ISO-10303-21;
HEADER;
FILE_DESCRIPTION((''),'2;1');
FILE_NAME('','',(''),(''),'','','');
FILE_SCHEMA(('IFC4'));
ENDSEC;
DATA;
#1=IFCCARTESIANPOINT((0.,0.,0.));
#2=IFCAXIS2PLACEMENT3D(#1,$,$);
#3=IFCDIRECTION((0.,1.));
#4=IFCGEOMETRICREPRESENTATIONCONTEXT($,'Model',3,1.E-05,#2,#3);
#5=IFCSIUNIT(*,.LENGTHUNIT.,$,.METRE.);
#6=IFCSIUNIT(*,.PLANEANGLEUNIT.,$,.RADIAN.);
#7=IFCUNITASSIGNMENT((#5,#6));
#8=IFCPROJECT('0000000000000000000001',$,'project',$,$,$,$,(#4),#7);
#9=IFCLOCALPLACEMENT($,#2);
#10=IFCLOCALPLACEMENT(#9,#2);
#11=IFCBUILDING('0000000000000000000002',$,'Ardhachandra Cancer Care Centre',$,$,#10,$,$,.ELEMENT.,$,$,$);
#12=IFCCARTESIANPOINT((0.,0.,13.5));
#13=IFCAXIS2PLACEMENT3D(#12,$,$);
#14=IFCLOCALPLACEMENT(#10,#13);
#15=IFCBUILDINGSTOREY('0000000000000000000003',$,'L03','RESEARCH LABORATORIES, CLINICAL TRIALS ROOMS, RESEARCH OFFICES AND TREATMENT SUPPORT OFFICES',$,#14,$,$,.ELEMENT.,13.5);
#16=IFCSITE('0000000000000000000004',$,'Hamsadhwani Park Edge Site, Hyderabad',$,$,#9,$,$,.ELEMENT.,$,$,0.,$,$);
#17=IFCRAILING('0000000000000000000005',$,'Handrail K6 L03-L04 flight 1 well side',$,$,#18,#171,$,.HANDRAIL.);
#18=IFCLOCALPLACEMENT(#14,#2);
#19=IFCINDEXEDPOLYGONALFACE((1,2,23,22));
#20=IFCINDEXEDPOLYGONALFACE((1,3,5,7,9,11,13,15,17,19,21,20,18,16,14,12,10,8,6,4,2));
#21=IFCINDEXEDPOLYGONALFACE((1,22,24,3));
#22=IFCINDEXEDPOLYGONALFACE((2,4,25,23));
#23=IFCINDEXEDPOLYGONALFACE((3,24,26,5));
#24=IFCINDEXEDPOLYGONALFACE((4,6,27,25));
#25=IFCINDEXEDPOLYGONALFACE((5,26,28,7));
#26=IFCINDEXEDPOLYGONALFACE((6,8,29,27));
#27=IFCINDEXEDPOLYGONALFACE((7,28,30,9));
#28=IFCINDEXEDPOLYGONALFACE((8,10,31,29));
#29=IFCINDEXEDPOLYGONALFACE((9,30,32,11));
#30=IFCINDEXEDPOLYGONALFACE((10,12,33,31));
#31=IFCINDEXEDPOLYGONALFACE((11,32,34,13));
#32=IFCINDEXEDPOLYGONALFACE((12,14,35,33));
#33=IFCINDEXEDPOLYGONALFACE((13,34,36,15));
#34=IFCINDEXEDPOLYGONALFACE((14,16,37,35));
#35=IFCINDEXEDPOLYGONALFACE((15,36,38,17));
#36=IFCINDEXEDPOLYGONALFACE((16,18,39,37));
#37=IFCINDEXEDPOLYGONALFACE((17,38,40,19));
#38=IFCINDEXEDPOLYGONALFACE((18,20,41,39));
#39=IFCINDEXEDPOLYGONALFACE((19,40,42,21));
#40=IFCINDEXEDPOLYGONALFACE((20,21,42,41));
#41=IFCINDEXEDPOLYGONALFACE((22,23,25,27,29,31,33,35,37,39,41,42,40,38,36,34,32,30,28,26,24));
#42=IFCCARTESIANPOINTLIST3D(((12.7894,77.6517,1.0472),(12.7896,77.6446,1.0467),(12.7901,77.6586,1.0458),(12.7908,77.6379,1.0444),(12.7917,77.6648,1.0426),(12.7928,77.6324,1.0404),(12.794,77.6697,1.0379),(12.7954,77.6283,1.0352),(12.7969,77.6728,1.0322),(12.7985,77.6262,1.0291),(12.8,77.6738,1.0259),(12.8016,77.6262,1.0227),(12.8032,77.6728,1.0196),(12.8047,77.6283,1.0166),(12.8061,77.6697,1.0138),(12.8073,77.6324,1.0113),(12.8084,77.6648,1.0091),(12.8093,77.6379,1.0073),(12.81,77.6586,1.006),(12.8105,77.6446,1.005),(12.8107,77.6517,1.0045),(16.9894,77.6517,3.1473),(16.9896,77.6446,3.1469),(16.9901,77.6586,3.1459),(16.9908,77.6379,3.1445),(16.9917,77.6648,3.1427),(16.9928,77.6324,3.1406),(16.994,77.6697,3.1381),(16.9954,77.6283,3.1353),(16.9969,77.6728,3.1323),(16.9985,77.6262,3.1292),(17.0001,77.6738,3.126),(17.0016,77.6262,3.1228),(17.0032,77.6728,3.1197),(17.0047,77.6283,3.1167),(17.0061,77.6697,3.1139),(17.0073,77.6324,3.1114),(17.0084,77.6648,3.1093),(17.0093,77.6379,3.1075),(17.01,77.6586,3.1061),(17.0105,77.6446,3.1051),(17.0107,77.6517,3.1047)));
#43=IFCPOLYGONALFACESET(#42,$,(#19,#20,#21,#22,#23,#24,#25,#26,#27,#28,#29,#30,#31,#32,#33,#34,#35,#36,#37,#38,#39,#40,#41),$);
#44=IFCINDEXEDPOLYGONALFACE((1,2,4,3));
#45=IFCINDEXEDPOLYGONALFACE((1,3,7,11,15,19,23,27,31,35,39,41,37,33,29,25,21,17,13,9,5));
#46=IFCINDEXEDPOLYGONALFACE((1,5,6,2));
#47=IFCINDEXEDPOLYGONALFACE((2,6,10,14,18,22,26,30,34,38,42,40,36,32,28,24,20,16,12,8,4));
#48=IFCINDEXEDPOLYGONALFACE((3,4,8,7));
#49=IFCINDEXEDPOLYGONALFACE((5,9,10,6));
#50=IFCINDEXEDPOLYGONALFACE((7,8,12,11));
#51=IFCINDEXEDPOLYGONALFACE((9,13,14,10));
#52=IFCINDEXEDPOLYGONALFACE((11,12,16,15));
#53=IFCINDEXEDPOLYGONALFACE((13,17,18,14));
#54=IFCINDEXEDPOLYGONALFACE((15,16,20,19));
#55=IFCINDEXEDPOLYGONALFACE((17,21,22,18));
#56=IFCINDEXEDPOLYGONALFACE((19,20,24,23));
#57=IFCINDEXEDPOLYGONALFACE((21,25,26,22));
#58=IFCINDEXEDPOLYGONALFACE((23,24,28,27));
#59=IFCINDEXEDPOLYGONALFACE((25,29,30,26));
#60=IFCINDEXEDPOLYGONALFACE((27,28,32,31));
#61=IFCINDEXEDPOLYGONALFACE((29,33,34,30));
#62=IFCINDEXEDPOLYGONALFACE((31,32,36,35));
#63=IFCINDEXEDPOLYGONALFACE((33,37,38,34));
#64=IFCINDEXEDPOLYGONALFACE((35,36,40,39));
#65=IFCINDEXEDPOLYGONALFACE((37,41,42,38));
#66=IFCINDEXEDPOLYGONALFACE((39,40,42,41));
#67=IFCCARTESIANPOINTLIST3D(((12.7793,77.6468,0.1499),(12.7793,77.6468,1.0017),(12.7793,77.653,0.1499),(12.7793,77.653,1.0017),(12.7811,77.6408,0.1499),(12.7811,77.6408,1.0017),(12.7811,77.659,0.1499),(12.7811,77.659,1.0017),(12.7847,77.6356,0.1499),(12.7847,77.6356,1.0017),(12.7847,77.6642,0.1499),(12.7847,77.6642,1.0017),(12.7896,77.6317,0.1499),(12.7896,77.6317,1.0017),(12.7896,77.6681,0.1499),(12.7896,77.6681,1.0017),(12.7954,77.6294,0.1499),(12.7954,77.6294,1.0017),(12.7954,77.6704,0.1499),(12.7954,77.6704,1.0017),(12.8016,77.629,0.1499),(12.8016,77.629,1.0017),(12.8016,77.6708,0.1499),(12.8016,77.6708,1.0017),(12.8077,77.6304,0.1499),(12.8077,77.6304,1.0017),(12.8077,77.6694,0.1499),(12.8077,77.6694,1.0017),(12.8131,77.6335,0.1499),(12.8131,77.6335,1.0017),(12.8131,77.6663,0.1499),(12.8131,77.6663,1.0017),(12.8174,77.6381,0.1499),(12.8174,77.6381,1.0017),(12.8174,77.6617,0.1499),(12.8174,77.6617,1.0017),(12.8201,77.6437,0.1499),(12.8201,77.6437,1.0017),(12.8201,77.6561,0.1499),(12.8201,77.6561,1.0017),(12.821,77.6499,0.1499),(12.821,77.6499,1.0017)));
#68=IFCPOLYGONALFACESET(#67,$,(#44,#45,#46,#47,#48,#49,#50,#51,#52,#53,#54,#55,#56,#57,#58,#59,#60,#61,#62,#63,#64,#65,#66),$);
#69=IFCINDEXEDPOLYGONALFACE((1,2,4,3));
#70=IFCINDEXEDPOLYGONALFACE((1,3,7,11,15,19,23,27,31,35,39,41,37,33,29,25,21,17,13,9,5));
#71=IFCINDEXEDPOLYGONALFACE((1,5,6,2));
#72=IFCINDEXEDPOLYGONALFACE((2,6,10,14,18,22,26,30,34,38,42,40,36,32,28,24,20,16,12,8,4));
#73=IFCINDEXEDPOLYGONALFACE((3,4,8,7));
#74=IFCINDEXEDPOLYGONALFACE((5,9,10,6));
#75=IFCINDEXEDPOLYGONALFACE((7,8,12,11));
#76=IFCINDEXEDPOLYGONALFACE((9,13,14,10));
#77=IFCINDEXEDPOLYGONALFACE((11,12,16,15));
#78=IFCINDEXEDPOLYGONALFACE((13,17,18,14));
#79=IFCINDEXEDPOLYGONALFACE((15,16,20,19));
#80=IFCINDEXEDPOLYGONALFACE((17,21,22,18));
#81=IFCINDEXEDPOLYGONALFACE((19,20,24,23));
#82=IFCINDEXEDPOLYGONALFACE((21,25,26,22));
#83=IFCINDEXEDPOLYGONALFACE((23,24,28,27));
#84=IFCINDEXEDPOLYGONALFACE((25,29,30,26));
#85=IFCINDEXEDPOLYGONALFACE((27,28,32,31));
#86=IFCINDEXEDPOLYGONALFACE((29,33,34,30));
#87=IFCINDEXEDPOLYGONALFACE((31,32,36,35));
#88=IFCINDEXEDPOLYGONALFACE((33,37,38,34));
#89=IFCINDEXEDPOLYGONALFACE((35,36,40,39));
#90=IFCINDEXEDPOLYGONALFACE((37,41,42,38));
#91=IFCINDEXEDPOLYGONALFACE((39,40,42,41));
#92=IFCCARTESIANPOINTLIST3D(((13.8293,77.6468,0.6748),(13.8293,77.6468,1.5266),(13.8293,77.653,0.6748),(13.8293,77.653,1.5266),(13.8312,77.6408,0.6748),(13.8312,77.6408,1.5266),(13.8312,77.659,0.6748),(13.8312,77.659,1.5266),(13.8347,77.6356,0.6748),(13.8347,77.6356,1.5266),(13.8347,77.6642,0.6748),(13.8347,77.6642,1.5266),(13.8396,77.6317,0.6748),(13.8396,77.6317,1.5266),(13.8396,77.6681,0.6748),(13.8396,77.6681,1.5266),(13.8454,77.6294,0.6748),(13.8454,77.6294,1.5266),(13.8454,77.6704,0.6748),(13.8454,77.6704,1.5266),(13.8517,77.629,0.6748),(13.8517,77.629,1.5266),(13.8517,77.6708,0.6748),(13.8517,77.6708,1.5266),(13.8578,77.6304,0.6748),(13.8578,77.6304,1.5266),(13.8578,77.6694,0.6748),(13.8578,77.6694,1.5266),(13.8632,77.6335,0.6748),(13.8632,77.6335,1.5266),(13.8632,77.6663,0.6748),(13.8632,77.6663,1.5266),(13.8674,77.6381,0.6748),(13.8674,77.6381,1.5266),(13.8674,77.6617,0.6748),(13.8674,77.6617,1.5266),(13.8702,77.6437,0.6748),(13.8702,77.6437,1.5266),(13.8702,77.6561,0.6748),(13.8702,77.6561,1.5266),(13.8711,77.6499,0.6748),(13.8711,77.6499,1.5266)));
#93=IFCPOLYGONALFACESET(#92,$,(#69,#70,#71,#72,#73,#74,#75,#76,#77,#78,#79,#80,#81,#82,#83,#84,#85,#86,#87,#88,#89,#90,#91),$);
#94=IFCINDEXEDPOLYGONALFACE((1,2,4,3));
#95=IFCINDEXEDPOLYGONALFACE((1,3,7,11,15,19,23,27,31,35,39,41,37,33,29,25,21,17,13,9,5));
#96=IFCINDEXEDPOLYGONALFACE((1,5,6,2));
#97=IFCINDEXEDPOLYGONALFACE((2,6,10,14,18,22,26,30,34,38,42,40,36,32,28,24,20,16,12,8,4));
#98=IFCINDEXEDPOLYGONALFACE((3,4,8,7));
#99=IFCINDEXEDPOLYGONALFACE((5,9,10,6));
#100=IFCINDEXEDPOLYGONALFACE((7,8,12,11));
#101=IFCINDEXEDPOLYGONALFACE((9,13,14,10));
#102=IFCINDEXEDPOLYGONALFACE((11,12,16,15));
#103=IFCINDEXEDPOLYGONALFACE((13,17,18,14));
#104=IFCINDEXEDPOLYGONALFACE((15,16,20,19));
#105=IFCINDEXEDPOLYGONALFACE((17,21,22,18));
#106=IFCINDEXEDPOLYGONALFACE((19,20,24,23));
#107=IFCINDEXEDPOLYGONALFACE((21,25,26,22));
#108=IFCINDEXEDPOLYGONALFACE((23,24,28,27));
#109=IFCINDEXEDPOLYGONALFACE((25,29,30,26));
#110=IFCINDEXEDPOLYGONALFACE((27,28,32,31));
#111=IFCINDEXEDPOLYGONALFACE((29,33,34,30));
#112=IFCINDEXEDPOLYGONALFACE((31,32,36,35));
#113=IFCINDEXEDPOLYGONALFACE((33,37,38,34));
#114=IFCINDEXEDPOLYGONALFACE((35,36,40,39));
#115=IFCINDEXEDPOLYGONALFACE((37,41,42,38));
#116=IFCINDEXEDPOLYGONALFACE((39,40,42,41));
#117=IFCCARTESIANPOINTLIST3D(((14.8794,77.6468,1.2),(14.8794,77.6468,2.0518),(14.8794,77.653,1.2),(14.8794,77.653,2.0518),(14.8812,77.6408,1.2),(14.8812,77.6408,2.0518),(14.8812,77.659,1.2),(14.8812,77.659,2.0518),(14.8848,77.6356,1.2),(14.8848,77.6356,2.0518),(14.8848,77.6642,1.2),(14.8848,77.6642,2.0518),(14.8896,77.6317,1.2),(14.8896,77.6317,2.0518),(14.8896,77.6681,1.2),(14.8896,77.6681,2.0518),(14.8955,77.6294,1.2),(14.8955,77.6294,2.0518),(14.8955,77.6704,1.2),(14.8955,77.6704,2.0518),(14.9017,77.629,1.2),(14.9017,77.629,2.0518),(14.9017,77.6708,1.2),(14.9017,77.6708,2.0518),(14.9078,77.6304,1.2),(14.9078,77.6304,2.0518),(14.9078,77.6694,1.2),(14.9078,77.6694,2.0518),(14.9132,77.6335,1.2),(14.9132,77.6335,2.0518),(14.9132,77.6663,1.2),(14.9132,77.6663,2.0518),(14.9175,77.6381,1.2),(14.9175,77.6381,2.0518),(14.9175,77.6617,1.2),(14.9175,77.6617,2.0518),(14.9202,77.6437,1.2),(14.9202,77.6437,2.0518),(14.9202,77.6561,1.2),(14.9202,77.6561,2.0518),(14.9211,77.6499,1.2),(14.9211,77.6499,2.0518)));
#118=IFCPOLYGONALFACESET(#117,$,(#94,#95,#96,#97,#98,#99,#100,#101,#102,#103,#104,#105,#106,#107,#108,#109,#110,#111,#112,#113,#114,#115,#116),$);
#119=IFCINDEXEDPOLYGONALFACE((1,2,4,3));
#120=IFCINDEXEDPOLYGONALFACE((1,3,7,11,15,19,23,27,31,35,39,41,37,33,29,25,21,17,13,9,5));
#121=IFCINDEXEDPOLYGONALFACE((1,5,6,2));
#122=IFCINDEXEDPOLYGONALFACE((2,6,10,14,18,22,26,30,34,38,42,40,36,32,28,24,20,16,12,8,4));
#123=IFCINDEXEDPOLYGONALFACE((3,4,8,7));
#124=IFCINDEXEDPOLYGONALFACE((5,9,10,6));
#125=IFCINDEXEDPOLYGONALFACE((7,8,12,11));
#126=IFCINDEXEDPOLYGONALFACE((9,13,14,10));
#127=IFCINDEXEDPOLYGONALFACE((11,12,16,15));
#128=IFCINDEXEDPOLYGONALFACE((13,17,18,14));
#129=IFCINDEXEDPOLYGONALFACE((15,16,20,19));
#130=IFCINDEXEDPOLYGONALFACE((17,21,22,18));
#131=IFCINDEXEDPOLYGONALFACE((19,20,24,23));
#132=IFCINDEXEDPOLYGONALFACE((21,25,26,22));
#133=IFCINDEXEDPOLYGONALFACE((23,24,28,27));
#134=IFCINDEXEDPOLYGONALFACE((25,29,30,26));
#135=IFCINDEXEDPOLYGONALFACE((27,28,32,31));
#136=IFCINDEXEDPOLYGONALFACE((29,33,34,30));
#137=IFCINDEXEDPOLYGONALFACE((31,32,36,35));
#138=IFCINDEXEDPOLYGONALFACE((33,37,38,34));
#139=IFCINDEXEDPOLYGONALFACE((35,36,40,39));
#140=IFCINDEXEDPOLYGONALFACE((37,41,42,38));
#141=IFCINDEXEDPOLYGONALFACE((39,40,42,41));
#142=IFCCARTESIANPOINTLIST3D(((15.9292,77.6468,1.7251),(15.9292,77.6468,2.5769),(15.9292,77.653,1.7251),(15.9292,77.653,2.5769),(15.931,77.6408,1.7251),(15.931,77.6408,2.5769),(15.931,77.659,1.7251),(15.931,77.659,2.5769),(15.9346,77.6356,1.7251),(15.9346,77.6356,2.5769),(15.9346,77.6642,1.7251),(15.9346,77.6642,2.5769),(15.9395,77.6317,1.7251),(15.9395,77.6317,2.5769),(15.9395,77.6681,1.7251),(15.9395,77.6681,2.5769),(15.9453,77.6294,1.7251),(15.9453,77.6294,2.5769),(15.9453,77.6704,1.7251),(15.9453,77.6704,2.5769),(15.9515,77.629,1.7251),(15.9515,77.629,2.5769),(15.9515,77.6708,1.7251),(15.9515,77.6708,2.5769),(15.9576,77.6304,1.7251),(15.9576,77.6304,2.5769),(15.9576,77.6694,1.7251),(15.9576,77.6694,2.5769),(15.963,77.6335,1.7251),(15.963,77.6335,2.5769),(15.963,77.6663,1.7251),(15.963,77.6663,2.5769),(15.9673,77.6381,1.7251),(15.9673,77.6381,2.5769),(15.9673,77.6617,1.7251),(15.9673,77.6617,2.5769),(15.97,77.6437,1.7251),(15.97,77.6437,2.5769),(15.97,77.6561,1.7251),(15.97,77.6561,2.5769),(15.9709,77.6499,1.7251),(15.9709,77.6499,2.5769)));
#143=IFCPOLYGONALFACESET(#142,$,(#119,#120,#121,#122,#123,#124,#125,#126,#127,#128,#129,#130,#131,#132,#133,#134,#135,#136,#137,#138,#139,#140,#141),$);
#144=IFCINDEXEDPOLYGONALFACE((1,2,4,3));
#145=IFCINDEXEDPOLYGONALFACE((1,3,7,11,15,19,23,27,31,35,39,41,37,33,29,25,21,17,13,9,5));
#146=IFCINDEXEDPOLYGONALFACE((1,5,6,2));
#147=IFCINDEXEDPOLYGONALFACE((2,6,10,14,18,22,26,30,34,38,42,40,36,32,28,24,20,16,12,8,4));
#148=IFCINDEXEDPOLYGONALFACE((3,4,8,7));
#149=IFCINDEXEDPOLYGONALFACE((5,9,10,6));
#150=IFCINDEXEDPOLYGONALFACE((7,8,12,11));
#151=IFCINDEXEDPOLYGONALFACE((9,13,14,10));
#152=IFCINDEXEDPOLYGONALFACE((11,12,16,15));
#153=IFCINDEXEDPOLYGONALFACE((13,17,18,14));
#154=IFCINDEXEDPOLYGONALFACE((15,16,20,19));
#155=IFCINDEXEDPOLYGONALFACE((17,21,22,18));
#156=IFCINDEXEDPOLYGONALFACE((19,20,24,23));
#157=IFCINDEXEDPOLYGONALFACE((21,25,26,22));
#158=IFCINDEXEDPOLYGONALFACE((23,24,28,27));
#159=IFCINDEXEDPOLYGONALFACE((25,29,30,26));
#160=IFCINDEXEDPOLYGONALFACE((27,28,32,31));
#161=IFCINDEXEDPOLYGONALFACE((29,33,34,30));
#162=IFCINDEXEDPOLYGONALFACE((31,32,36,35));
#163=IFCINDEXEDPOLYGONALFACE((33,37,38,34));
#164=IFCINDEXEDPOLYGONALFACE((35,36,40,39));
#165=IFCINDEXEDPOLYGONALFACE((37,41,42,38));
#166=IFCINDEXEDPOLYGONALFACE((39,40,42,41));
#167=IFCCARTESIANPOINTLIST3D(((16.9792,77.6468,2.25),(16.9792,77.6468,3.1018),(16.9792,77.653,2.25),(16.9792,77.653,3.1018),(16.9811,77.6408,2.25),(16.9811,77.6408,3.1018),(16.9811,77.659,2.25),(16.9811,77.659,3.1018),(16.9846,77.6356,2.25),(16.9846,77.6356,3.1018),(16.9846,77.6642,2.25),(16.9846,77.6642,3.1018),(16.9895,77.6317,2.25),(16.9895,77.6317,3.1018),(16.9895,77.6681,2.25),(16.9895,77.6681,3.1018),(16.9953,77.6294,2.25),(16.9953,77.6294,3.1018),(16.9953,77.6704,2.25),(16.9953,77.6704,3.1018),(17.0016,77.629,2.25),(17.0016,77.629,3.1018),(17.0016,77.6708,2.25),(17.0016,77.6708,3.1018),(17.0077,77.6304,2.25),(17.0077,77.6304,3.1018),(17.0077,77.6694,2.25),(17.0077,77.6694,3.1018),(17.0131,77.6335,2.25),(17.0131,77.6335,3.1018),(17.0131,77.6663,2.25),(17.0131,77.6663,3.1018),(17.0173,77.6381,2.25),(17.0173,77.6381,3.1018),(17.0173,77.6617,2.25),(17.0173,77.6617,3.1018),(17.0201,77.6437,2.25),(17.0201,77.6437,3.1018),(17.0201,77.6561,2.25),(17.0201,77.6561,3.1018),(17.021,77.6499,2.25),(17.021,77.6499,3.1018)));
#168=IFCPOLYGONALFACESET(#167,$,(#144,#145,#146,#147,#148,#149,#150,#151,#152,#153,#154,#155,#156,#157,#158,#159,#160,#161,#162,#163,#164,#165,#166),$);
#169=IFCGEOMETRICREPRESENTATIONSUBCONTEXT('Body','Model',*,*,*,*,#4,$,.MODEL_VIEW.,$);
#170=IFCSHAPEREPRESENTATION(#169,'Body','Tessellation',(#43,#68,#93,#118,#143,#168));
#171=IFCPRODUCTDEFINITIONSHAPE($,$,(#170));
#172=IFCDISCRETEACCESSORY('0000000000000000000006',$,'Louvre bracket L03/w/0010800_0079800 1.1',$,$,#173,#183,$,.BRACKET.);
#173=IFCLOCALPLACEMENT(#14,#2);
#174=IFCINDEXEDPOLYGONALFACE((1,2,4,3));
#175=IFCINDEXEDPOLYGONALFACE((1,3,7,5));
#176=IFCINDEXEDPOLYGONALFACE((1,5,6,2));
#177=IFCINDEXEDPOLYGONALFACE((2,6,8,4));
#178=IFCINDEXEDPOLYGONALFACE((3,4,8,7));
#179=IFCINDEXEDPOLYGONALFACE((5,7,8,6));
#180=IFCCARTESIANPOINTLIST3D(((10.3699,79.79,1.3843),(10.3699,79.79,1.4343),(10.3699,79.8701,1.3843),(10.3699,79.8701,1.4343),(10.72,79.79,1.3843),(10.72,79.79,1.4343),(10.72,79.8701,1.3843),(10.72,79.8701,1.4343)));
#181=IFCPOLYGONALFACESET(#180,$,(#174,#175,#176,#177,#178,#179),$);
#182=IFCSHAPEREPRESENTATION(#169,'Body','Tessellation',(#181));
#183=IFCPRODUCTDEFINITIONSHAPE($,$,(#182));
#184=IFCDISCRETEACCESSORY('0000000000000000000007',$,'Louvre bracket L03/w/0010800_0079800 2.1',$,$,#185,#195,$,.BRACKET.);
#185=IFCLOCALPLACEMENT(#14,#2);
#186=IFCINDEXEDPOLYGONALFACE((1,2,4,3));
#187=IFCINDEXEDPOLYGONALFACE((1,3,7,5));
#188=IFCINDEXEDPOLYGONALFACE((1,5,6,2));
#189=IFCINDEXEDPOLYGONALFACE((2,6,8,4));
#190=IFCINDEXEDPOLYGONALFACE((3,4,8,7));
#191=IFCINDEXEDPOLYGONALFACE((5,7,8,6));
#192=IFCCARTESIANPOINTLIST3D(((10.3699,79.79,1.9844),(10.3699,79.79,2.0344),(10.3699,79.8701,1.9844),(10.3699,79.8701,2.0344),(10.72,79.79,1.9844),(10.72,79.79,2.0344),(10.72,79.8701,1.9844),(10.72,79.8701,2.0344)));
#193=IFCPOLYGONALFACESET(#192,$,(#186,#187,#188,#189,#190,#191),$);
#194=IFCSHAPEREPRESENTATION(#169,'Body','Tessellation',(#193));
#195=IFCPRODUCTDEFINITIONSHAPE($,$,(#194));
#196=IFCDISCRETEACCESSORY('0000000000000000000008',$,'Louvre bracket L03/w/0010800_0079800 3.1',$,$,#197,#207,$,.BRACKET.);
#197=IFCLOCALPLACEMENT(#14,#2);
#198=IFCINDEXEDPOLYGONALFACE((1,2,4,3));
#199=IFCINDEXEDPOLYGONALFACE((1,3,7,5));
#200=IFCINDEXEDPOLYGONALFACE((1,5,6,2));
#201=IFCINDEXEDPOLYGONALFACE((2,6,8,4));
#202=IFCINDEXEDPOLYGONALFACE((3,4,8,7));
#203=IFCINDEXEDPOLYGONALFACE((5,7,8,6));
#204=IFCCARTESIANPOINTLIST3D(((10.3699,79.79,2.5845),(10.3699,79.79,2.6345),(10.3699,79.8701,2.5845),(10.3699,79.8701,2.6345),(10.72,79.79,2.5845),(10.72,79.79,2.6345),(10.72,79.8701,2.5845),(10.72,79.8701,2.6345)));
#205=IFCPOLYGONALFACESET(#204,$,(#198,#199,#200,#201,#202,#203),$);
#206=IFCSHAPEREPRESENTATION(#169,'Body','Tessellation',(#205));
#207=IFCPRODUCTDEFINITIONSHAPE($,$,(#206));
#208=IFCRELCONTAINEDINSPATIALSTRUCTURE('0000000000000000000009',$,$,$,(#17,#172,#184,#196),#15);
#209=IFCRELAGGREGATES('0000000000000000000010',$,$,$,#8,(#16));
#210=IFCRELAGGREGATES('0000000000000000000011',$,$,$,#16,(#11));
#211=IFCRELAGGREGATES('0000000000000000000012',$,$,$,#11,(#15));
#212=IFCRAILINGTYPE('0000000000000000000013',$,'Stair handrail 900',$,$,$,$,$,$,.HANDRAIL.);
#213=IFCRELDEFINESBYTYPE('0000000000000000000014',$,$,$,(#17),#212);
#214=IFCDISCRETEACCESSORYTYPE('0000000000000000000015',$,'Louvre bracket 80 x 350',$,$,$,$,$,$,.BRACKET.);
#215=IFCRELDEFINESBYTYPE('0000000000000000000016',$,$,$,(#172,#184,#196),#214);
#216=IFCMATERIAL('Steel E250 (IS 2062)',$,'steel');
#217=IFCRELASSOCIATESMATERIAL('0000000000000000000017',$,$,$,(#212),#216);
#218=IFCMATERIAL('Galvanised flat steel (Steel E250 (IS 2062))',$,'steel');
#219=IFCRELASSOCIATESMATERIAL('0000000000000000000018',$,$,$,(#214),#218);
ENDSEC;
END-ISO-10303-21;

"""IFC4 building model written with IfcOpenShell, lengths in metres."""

from ifc_helpers import new_model, si_unit, direction, frame, origin, origin_2d, place, context, subcontext, project, spatial, rectangle, circle, extrude, material, type_object, element, save


model = new_model("IFC4")

# Units and contexts
model_context = context("Model", 3, precision=1e-05, world=origin(), true_north=direction((0.0, 1.0)))
body_context = subcontext(model_context, "Body", "Model", "MODEL_VIEW")
ifc_project = project(units=[si_unit("LENGTHUNIT", "METRE"), si_unit("PLANEANGLEUNIT", "RADIAN")], contexts=[model_context])

# Site, building, storey
site_placement = place(None, origin())
site = spatial("IfcSite", under=ifc_project, at=site_placement, Name="Hamsadhwani Park Edge Site, Hyderabad", CompositionType="ELEMENT", RefElevation=0.0)
building_placement = place(site_placement, origin())
building = spatial("IfcBuilding", under=site, at=building_placement, Name="Ardhachandra Cancer Care Centre", CompositionType="ELEMENT")
storey_placement = place(building_placement, frame((0.0, 0.0, 13.5)))
storey = spatial("IfcBuildingStorey", under=building, at=storey_placement, Name="L03", Description="RESEARCH LABORATORIES, CLINICAL TRIALS ROOMS, RESEARCH OFFICES AND TREATMENT SUPPORT OFFICES", CompositionType="ELEMENT", Elevation=13.5)

# Railing
ifc_material_1 = material(Name="Steel E250 (IS 2062)", Category="steel")
railing_type_1 = type_object("IfcRailingType", Name="Stair handrail 900", PredefinedType="HANDRAIL", material=ifc_material_1)
for number, where, name in (
    (1, (12.8, 77.6499, 0.1499), "Handrail K6 L03-L04 flight 1 well side"),
):
    element("IfcRailing", number, at=place(storey_placement, frame(where)), inside=storey, type_object=railing_type_1, Name=name, PredefinedType="HANDRAIL", context=body_context, shape_type="SweptSolid", body=[
        extrude(circle(Radius=0.0239, at=origin_2d()), frame((0.0, 0.0, 0.876), z_axis=(0.894417, 0.0, 0.447234), x_axis=(0.0, 1.0, 0.0)), (0.0, 0.0, 1.0), 4.6958),
        extrude(circle(Radius=0.021, at=origin_2d()), origin(), (0.0, 0.0, 1.0), 0.8518),
        extrude(circle(Radius=0.021, at=origin_2d()), frame((1.05, 0.0, 0.5249)), (0.0, 0.0, 1.0), 0.8518),
        extrude(circle(Radius=0.021, at=origin_2d()), frame((2.1001, 0.0, 1.05)), (0.0, 0.0, 1.0), 0.8518),
        extrude(circle(Radius=0.021, at=origin_2d()), frame((3.1499, 0.0, 1.5752)), (0.0, 0.0, 1.0), 0.8518),
        extrude(circle(Radius=0.021, at=origin_2d()), frame((4.2, 0.0, 2.1001)), (0.0, 0.0, 1.0), 0.8518),
    ])

# Discrete accessories
ifc_material_2 = material(Name="Galvanised flat steel (Steel E250 (IS 2062))", Category="steel")
discrete_accessory_type = type_object("IfcDiscreteAccessoryType", Name="Louvre bracket 80 x 350", PredefinedType="BRACKET", material=ifc_material_2)
for number, where, z_axis, x_axis, name in (
    (2, (10.5449, 79.8301, 1.3843), (0.0, 0.0, 1.0), (0.0, 1.0, 0.0), "Louvre bracket L03/w/0010800_0079800 1.1"),
    (3, (10.5449, 79.8301, 1.9844), (0.0, 0.0, 1.0), (0.0, 1.0, 0.0), "Louvre bracket L03/w/0010800_0079800 2.1"),
    (4, (10.5449, 79.8301, 2.5845), (0.0, 0.0, 1.0), (0.0, 1.0, 0.0), "Louvre bracket L03/w/0010800_0079800 3.1"),
):
    element("IfcDiscreteAccessory", number, at=place(storey_placement, frame(where, z_axis=z_axis, x_axis=x_axis)), inside=storey, type_object=discrete_accessory_type, Name=name, PredefinedType="BRACKET", context=body_context, shape_type="SweptSolid", body=[
        extrude(rectangle(XDim=0.0801, YDim=0.3501, at=origin_2d()), origin(), (0.0, 0.0, 1.0), 0.05),
    ])

save(model, "model.ifc")
